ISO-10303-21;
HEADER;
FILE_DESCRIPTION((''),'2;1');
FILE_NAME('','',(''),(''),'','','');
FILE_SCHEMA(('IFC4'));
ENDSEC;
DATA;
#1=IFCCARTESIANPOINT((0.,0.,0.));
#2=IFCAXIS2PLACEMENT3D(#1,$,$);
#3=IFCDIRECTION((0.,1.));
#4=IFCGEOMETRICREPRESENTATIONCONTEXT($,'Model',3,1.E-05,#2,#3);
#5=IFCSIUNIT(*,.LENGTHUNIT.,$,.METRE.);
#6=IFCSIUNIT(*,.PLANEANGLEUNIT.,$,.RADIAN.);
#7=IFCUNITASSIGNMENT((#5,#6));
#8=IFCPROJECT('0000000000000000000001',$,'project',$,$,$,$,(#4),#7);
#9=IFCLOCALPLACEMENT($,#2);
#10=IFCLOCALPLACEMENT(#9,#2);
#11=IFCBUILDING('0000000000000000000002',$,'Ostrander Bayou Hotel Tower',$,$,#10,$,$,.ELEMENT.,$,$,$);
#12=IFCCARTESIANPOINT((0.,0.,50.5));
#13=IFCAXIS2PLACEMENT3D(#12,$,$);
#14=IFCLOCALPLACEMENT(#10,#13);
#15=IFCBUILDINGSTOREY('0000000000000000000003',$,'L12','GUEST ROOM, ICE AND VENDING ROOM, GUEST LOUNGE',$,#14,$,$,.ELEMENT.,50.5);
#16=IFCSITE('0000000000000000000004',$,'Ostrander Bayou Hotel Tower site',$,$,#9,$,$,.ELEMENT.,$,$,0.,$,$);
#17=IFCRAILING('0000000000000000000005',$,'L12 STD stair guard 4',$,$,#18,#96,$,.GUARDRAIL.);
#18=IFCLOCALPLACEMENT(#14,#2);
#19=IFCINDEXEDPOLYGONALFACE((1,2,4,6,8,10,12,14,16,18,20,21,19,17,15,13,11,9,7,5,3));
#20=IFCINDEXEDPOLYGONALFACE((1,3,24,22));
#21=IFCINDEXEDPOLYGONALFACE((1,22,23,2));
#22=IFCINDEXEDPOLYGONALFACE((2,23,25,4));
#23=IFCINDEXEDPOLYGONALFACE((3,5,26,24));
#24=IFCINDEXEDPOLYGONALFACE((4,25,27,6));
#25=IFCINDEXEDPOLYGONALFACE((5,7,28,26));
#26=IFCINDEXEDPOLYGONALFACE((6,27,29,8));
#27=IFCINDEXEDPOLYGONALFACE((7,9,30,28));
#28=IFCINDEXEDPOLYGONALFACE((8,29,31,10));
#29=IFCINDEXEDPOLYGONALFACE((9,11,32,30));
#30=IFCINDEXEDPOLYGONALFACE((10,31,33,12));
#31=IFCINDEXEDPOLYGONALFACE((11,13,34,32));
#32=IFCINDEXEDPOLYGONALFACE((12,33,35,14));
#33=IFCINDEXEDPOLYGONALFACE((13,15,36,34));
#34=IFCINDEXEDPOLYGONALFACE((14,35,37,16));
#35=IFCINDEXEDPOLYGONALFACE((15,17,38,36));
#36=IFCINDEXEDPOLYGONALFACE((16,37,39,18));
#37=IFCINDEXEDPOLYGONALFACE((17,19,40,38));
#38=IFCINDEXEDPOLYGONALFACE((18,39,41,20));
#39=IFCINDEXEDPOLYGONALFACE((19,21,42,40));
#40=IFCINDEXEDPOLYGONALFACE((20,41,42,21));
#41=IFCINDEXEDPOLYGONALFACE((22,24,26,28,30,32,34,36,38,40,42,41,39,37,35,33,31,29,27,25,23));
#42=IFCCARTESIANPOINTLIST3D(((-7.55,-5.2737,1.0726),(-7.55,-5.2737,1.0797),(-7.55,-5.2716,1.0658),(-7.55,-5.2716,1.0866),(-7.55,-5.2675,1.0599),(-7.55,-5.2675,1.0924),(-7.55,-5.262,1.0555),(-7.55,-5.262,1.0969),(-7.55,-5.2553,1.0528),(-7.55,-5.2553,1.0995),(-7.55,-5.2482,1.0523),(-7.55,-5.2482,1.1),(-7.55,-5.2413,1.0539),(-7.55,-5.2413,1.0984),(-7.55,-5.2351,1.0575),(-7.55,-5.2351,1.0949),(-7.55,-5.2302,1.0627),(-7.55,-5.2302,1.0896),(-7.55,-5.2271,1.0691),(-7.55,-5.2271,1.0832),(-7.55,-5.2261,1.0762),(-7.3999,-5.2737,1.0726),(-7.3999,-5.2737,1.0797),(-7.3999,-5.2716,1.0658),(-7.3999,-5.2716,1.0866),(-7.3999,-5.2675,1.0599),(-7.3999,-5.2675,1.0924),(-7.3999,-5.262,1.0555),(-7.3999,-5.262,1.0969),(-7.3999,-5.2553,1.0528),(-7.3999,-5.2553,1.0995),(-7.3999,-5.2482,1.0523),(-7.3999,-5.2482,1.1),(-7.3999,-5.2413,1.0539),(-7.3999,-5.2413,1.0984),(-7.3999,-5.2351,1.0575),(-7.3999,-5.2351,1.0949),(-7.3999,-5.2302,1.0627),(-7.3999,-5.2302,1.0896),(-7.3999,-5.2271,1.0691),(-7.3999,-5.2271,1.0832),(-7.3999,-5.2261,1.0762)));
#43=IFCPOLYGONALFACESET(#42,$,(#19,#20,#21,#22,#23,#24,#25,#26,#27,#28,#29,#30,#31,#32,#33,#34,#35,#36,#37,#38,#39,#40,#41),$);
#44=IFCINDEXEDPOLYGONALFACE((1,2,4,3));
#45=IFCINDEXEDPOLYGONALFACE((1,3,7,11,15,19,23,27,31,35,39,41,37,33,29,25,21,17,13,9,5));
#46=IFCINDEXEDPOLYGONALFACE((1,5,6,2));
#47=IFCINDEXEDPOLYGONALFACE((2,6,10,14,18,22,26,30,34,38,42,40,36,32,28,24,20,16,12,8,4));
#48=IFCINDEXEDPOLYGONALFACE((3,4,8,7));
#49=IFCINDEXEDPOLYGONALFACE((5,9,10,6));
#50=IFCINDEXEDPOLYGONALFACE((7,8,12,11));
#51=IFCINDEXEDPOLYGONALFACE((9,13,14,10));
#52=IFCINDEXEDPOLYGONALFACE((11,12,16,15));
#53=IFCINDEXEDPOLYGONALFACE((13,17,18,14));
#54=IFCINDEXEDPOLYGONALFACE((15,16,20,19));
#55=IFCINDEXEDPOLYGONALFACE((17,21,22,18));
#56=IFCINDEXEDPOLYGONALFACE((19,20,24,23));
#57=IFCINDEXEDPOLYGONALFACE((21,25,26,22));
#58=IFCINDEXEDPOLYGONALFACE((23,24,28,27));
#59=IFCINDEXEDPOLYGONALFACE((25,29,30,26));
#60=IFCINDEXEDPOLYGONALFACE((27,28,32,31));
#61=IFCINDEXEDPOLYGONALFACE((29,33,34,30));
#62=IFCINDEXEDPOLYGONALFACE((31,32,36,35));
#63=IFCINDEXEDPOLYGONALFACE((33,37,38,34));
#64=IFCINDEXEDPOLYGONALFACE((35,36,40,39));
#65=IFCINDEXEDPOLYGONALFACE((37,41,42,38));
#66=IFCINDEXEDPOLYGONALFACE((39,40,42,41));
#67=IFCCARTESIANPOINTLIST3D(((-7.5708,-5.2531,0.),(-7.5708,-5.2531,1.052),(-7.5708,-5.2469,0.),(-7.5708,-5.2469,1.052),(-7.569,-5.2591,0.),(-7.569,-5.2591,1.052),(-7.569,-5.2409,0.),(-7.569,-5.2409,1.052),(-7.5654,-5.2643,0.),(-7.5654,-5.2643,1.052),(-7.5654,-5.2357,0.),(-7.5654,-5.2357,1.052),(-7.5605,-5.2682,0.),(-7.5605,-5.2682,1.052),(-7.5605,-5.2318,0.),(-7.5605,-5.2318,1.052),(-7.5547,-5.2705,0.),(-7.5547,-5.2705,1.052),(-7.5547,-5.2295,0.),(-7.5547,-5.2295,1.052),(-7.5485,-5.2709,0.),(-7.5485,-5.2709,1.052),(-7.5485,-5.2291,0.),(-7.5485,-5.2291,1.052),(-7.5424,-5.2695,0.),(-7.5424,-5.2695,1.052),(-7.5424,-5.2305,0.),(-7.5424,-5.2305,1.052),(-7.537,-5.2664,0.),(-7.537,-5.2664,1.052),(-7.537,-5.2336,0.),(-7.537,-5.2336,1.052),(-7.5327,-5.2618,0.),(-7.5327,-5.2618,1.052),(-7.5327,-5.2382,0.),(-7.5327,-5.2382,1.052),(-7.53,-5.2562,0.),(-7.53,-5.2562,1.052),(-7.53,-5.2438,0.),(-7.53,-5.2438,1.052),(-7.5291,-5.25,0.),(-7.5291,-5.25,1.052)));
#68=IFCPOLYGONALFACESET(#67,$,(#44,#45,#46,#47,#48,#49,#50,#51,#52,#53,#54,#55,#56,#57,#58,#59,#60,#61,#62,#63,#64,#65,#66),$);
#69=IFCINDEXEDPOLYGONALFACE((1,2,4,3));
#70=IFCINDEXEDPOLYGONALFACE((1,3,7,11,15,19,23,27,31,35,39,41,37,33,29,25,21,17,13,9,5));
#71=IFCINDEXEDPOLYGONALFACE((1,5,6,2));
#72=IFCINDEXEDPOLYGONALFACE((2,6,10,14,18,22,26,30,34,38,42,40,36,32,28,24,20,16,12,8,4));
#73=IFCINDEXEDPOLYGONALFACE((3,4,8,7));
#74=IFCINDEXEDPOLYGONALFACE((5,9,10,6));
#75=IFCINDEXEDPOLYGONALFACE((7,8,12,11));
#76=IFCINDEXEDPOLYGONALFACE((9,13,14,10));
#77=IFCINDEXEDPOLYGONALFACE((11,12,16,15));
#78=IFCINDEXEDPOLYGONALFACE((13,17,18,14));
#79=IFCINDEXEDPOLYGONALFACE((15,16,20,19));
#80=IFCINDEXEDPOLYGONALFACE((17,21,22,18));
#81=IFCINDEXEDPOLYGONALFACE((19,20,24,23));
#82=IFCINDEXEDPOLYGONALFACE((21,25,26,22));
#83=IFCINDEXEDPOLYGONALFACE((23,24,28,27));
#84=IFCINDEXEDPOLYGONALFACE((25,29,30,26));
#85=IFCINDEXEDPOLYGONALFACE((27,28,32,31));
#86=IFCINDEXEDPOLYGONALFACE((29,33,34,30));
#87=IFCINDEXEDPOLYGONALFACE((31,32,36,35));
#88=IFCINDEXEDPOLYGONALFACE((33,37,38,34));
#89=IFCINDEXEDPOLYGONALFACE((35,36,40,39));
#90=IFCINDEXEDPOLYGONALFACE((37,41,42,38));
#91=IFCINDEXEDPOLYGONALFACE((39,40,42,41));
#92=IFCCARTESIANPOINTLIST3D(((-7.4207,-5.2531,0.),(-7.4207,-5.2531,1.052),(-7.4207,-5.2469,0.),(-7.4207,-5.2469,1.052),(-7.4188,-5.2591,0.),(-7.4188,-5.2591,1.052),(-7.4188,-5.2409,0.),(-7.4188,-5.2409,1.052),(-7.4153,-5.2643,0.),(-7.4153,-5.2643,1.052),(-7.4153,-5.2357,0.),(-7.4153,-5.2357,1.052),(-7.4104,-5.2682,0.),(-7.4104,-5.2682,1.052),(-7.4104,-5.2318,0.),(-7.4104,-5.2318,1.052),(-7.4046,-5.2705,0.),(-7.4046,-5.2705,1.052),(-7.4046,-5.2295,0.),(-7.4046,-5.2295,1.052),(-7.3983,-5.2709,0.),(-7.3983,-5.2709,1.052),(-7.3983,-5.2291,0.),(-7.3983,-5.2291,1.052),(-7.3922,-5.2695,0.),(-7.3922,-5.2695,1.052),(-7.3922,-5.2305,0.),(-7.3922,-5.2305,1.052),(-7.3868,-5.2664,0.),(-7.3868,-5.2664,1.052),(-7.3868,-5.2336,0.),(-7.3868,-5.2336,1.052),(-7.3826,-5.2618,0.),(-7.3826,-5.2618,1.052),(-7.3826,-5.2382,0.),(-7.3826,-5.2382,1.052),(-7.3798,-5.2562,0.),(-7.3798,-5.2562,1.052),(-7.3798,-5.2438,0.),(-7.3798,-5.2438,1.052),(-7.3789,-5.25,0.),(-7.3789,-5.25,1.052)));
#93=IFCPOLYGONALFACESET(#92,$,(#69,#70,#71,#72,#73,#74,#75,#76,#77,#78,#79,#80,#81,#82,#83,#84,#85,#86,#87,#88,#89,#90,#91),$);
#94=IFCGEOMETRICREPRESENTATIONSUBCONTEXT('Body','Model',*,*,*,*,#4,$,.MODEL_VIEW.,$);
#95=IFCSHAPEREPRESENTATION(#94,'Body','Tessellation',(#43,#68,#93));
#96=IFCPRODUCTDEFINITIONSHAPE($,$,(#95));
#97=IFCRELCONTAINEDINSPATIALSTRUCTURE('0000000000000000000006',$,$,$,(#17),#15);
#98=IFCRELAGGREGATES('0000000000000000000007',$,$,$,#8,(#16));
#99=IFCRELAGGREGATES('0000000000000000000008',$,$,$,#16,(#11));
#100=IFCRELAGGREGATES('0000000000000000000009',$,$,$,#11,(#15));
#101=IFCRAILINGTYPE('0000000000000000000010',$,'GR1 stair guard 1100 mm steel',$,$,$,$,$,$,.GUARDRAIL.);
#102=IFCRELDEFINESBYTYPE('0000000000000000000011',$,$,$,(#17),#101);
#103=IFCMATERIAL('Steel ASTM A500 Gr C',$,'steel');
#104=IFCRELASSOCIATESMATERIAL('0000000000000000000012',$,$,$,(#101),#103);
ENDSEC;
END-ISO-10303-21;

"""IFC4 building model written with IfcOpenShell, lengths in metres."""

from ifc_helpers import new_model, si_unit, direction, frame, origin, origin_2d, place, context, subcontext, project, spatial, circle, extrude, material, type_object, element, save


model = new_model("IFC4")

# Units and contexts
model_context = context("Model", 3, precision=1e-05, world=origin(), true_north=direction((0.0, 1.0)))
body_context = subcontext(model_context, "Body", "Model", "MODEL_VIEW")
ifc_project = project(units=[si_unit("LENGTHUNIT", "METRE"), si_unit("PLANEANGLEUNIT", "RADIAN")], contexts=[model_context])

# Site, building, storey
site_placement = place(None, origin())
site = spatial("IfcSite", under=ifc_project, at=site_placement, Name="Ostrander Bayou Hotel Tower site", CompositionType="ELEMENT", RefElevation=0.0)
building_placement = place(site_placement, origin())
building = spatial("IfcBuilding", under=site, at=building_placement, Name="Ostrander Bayou Hotel Tower", CompositionType="ELEMENT")
storey_placement = place(building_placement, frame((0.0, 0.0, 50.5)))
storey = spatial("IfcBuildingStorey", under=building, at=storey_placement, Name="L12", Description="GUEST ROOM, ICE AND VENDING ROOM, GUEST LOUNGE", CompositionType="ELEMENT", Elevation=50.5)

# Railing
ifc_material_1 = material(Name="Steel ASTM A500 Gr C", Category="steel")
railing_type_1 = type_object("IfcRailingType", Name="GR1 stair guard 1100 mm steel", PredefinedType="GUARDRAIL", material=ifc_material_1)
railing_1_placement = place(storey_placement, frame((-7.55, -5.25, 0.0)))
element("IfcRailing", 1, at=railing_1_placement, inside=storey, type_object=railing_type_1, Name="L12 STD stair guard 4", PredefinedType="GUARDRAIL", context=body_context, shape_type="SweptSolid", body=[
    extrude(circle(Radius=0.0239, at=origin_2d()), frame((0.0, 0.0, 1.0762), z_axis=(1.0, 0.0, 0.0), x_axis=(0.0, 1.0, 0.0)), (0.0, 0.0, 1.0), 0.1501),
    extrude(circle(Radius=0.021, at=origin_2d()), origin(), (0.0, 0.0, 1.0), 1.052),
    extrude(circle(Radius=0.021, at=origin_2d()), frame((0.1501, 0.0, 0.0)), (0.0, 0.0, 1.0), 1.052),
])

save(model, "model.ifc")
